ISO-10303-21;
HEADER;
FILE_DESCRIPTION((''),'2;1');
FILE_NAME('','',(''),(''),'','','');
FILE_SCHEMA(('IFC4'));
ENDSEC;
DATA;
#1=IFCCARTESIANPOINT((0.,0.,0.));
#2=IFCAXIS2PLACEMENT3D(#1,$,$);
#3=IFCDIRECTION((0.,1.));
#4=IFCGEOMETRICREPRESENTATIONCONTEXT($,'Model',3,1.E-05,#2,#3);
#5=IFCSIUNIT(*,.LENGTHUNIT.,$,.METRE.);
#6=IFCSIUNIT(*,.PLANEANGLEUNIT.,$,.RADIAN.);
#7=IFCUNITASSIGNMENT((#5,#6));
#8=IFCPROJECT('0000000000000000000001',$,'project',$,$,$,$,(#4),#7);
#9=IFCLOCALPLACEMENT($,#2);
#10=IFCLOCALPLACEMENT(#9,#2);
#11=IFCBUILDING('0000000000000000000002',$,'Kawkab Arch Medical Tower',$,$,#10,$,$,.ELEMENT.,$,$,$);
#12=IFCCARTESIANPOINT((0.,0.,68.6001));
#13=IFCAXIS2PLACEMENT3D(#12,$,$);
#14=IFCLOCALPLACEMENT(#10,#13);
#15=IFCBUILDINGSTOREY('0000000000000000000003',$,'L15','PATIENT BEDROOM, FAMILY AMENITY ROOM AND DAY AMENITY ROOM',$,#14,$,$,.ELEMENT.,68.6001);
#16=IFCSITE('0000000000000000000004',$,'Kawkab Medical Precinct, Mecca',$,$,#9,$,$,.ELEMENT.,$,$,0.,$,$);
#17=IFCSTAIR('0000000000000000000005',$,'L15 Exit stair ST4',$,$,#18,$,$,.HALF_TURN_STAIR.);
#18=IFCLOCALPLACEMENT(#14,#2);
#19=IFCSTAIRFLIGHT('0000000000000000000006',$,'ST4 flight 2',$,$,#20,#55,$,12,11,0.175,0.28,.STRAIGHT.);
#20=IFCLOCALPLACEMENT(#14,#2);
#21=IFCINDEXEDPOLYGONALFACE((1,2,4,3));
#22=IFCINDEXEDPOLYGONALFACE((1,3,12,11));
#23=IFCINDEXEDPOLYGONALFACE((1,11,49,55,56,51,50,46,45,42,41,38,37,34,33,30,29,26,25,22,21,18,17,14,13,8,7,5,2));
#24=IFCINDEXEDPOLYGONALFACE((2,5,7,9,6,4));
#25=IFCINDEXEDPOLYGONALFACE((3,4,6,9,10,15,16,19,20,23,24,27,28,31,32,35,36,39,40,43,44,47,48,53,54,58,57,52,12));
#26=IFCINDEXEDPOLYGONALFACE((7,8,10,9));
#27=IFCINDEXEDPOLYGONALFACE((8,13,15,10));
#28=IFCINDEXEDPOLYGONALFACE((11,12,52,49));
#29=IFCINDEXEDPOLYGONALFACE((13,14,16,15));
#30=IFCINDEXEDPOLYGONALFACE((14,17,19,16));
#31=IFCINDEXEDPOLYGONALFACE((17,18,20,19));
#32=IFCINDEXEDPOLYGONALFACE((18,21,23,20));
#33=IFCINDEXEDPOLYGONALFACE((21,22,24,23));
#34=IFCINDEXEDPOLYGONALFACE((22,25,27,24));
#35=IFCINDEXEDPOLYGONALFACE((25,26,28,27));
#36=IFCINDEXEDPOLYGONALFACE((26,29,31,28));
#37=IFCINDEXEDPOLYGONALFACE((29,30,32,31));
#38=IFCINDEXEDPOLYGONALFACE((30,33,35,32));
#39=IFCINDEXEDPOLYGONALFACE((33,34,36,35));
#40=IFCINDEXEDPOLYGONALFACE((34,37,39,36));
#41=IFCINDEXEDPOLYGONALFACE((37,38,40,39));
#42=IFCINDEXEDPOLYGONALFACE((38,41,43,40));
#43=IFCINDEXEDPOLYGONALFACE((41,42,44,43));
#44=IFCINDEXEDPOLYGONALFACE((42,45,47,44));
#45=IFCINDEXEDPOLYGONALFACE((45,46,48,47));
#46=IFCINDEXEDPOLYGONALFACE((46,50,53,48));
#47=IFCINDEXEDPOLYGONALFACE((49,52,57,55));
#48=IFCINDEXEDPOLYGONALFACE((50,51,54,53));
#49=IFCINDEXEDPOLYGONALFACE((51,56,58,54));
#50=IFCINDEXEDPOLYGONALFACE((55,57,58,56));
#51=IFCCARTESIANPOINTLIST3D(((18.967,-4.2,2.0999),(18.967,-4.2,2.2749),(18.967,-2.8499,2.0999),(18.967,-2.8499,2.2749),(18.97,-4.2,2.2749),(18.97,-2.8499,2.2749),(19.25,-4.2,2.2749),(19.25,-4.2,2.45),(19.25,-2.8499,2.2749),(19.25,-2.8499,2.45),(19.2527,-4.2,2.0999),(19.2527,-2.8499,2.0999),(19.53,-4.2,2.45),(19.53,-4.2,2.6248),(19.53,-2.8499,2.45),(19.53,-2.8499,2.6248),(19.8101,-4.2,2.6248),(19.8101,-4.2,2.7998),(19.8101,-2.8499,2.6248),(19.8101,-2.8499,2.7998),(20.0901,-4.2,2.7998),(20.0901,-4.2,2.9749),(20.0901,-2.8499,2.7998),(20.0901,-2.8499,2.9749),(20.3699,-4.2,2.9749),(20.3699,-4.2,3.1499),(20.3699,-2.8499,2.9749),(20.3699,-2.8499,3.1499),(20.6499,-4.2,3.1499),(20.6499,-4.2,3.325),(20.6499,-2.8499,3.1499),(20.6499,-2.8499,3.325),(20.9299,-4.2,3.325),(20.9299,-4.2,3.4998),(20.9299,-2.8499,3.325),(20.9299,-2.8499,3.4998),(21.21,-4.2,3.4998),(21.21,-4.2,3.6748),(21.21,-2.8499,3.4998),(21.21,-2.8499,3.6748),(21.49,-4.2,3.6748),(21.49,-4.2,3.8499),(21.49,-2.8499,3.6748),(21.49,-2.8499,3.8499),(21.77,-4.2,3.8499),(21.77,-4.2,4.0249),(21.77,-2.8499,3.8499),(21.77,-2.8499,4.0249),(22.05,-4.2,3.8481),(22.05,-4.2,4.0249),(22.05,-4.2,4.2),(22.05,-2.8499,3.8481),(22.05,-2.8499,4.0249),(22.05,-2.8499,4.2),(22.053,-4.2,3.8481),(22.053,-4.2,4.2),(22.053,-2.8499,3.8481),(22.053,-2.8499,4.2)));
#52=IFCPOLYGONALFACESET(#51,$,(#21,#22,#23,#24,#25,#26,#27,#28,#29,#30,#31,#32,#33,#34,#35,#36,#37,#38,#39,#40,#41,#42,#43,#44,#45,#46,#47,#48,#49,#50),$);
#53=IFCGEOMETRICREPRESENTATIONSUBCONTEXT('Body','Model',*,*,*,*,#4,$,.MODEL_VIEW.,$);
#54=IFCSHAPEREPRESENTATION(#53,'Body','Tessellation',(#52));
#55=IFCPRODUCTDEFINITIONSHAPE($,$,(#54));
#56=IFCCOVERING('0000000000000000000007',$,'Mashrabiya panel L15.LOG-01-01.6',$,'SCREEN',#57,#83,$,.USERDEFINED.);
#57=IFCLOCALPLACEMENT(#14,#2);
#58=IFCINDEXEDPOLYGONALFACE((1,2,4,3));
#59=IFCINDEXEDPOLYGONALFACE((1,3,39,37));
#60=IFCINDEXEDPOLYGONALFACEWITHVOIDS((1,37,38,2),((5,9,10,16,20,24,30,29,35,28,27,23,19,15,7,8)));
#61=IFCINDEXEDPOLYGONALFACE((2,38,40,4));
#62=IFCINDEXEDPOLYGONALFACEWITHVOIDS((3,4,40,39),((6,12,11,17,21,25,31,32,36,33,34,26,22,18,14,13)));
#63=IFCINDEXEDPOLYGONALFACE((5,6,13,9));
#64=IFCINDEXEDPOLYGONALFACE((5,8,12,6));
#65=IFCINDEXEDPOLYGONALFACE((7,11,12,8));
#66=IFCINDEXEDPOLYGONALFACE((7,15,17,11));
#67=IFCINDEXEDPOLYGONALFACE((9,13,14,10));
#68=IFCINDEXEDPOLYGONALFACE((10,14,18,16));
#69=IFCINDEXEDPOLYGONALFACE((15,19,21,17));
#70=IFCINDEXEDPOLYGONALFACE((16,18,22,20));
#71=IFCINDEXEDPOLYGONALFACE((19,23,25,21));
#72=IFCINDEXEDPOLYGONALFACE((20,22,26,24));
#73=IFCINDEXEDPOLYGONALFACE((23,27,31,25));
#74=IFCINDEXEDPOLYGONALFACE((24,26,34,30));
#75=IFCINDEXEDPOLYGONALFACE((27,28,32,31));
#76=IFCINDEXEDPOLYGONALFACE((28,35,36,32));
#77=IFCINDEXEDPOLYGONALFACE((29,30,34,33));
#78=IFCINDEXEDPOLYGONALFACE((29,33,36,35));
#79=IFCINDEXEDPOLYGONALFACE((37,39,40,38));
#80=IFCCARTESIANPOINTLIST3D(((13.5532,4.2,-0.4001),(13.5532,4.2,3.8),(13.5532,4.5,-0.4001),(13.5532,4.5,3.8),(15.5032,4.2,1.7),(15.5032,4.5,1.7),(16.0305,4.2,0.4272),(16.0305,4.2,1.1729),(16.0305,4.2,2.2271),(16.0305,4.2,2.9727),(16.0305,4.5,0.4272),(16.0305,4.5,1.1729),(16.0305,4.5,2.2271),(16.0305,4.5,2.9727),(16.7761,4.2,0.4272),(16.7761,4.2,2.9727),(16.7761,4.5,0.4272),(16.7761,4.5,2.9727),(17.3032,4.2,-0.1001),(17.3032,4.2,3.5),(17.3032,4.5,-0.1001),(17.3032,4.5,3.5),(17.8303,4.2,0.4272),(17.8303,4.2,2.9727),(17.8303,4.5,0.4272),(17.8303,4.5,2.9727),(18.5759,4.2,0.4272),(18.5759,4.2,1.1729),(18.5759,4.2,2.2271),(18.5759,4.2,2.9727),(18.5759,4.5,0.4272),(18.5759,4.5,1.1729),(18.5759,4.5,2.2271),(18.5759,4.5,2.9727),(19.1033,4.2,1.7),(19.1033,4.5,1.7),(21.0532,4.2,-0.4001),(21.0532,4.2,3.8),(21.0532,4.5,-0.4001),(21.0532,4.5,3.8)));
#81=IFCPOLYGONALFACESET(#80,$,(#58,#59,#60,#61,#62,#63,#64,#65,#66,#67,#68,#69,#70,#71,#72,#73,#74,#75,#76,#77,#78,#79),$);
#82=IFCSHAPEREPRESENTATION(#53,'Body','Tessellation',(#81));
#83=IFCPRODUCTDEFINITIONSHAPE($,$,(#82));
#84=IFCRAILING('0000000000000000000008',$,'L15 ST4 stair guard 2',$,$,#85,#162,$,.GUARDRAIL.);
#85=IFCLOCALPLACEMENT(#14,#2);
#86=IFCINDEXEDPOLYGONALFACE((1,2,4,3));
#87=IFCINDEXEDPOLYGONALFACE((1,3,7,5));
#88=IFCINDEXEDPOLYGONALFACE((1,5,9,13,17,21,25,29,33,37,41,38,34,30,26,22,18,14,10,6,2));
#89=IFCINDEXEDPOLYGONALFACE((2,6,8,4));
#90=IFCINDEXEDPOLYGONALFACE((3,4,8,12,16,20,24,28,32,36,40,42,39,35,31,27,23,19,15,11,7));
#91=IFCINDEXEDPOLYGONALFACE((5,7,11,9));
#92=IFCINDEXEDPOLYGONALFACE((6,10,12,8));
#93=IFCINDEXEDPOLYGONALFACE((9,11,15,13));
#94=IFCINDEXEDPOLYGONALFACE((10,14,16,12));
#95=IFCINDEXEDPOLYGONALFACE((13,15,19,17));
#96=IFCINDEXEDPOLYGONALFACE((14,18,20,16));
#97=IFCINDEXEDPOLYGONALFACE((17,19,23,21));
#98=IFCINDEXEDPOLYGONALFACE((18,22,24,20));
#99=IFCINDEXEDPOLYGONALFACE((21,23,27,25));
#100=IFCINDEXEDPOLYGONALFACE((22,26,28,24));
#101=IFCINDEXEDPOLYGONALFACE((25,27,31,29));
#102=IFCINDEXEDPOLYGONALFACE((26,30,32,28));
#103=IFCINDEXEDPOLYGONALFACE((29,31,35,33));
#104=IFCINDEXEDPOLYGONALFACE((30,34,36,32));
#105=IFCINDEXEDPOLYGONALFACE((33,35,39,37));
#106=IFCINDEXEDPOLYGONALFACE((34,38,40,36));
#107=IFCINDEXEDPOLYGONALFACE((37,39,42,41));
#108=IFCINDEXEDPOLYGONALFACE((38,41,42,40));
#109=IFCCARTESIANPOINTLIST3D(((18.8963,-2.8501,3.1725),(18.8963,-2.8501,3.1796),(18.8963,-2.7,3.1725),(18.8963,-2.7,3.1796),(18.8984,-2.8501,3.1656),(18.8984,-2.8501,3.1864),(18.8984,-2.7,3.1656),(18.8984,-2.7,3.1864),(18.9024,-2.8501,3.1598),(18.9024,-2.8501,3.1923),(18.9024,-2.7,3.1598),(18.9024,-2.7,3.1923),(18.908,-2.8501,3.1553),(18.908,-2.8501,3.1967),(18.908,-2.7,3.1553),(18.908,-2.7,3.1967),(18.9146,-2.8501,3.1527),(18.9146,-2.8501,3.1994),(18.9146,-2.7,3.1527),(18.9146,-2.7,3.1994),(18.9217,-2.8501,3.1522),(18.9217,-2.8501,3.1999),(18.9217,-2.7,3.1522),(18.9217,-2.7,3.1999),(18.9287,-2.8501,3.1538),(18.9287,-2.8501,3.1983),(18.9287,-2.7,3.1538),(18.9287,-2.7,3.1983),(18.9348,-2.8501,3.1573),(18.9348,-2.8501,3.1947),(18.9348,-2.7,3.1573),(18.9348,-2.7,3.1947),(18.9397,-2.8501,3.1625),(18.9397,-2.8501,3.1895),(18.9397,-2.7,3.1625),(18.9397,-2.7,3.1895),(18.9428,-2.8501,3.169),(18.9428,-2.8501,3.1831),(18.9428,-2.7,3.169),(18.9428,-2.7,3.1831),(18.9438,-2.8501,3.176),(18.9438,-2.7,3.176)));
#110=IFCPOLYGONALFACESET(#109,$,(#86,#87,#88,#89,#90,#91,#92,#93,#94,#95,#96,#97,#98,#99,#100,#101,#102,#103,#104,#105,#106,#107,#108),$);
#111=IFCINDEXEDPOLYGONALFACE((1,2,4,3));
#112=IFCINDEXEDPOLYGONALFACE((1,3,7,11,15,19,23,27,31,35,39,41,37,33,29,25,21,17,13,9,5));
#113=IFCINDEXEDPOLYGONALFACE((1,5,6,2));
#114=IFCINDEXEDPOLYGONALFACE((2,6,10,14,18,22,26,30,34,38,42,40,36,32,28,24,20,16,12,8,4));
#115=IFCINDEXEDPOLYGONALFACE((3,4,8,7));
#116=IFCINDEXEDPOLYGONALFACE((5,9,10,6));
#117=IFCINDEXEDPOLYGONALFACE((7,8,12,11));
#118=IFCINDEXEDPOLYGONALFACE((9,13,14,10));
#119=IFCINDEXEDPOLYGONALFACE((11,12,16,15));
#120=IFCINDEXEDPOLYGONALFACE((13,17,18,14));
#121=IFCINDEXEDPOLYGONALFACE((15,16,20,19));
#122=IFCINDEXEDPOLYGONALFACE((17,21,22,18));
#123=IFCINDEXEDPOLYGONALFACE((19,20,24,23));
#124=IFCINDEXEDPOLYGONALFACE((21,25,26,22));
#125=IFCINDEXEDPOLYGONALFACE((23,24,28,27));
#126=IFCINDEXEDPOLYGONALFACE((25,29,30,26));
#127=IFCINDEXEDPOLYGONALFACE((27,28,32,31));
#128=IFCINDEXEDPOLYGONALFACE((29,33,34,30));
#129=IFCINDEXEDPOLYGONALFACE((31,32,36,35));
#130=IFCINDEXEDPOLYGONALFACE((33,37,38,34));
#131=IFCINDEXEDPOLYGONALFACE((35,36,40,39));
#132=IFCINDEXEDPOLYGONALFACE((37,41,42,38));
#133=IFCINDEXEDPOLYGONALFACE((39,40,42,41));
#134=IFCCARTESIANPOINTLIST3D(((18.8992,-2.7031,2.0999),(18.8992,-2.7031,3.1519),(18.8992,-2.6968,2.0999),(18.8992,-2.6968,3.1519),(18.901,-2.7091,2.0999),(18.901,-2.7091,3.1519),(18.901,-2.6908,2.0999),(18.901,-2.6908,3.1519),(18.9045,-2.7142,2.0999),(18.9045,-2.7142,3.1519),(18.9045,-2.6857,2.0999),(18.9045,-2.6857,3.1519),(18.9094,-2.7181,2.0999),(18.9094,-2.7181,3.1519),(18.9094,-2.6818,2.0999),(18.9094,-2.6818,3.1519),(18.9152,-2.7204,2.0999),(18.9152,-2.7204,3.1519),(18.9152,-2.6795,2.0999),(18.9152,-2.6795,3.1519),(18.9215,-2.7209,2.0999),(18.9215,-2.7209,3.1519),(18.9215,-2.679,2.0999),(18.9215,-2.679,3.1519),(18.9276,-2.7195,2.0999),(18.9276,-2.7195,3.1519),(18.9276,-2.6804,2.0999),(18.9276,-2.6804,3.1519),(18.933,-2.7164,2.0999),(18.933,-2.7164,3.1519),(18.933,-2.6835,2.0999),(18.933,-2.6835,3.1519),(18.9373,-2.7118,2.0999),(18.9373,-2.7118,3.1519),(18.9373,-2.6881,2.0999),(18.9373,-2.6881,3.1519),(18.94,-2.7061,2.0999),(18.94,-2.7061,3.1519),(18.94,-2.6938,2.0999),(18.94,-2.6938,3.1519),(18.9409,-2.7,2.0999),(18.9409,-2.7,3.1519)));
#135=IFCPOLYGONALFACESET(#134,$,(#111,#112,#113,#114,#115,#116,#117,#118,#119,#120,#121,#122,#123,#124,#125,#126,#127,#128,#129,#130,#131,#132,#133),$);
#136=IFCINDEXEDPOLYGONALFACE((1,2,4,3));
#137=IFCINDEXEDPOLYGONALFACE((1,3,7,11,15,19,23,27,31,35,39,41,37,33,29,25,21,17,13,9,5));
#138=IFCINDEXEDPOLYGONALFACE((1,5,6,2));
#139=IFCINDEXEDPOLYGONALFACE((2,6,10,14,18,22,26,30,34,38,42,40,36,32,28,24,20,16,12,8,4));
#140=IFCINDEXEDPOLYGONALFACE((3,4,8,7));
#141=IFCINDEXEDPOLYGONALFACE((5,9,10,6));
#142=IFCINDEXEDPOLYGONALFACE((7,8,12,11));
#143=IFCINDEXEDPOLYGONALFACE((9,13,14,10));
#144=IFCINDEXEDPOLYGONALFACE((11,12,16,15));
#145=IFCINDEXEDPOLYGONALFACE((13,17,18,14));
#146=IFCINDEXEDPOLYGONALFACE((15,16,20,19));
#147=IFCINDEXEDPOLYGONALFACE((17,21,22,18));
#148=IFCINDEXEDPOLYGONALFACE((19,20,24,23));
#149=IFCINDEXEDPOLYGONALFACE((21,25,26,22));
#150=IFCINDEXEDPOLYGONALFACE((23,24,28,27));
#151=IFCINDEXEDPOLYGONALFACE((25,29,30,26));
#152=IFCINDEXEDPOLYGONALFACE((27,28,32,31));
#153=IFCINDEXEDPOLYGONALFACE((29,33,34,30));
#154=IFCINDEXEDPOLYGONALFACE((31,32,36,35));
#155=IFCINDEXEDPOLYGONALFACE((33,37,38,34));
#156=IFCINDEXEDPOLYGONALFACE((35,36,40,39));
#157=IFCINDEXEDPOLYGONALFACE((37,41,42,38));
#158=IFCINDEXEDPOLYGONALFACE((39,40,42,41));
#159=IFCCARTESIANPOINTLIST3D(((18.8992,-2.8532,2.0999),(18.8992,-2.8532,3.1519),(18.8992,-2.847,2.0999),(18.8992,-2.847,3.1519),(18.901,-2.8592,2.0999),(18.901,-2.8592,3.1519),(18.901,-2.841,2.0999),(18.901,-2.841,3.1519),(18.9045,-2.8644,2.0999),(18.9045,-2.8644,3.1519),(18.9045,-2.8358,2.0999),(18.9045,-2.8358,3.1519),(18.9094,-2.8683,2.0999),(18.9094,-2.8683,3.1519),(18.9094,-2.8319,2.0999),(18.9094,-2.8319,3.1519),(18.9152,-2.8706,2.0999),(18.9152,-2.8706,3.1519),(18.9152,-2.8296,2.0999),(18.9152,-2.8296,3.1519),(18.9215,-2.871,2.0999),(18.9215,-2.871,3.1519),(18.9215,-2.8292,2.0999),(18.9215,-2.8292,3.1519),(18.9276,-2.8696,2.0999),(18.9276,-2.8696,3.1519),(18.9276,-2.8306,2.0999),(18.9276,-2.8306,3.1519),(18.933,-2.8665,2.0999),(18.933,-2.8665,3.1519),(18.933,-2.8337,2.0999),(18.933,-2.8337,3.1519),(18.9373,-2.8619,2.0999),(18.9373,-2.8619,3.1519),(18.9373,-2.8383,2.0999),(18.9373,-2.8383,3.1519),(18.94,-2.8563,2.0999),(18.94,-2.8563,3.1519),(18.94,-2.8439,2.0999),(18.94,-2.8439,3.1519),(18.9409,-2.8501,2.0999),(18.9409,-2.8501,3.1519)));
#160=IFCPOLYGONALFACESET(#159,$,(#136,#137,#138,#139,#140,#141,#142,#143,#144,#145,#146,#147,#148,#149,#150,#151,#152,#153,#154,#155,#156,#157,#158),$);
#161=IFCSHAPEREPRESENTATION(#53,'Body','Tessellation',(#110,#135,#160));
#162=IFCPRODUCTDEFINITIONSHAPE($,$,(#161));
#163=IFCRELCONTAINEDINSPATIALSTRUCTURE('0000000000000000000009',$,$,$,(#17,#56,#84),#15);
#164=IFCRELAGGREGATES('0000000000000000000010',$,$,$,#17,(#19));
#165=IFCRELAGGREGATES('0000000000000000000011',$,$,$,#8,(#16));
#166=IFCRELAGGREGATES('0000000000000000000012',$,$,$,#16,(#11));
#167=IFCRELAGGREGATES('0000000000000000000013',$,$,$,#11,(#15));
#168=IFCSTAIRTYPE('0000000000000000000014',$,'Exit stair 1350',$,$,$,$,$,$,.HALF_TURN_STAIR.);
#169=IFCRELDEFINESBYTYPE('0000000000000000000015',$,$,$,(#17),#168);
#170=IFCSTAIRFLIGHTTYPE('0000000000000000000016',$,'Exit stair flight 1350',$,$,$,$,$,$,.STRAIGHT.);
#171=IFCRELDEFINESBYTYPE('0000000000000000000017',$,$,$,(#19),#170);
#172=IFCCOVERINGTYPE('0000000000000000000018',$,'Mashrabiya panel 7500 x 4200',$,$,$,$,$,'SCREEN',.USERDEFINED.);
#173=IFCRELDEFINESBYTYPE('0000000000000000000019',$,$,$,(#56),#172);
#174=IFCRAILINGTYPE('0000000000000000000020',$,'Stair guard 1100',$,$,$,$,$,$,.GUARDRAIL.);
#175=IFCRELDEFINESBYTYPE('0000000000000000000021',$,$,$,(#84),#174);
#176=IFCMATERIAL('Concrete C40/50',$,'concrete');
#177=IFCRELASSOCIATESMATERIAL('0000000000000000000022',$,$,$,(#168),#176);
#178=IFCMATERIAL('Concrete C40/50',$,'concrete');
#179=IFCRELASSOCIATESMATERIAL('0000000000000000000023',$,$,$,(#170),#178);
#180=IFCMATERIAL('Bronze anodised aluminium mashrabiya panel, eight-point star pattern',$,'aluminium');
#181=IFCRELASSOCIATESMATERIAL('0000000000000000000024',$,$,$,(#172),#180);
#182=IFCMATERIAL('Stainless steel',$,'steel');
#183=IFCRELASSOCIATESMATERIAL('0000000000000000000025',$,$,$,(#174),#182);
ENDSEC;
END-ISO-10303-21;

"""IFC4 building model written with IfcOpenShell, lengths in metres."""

from ifc_helpers import new_model, si_unit, direction, frame, origin, origin_2d, place, context, subcontext, project, spatial, polyline, circle, outline, extrude, material, material_profile, profile_set, type_object, element, aggregate, save


model = new_model("IFC4")

# Units and contexts
model_context = context("Model", 3, precision=1e-05, world=origin(), true_north=direction((0.0, 1.0)))
body_context = subcontext(model_context, "Body", "Model", "MODEL_VIEW")
ifc_project = project(units=[si_unit("LENGTHUNIT", "METRE"), si_unit("PLANEANGLEUNIT", "RADIAN")], contexts=[model_context])

# Site, building, storey
site_placement = place(None, origin())
site = spatial("IfcSite", under=ifc_project, at=site_placement, Name="Kawkab Medical Precinct, Mecca", CompositionType="ELEMENT", RefElevation=0.0)
building_placement = place(site_placement, origin())
building = spatial("IfcBuilding", under=site, at=building_placement, Name="Kawkab Arch Medical Tower", CompositionType="ELEMENT")
storey_placement = place(building_placement, frame((0.0, 0.0, 68.6001)))
storey = spatial("IfcBuildingStorey", under=building, at=storey_placement, Name="L15", Description="PATIENT BEDROOM, FAMILY AMENITY ROOM AND DAY AMENITY ROOM", CompositionType="ELEMENT", Elevation=68.6001)

# Shared definitions
placement = place(storey_placement, origin())

# Stair, stair flight
ifc_material_1 = material(Name="Concrete C40/50", Category="concrete")
stair_type = type_object("IfcStairType", Name="Exit stair 1350", PredefinedType="HALF_TURN_STAIR", material=ifc_material_1)
stair = element("IfcStair", 1, at=placement, inside=storey, type_object=stair_type, Name="L15 Exit stair ST4", PredefinedType="HALF_TURN_STAIR")
ifc_material_2 = material(Name="Concrete C40/50", Category="concrete")
stair_flight_type = type_object("IfcStairFlightType", Name="Exit stair flight 1350", PredefinedType="STRAIGHT", material=ifc_material_2)
stair_flight_placement = place(storey_placement, frame((18.97, -3.5249, 2.0999), z_axis=(0.0, 0.0, 1.0), x_axis=(1.0, 0.0, 0.0)))
stair_flight = element("IfcStairFlight", 2, at=stair_flight_placement, type_object=stair_flight_type, Name="ST4 flight 2", NumberOfRisers=12, NumberOfTreads=11, PredefinedType="STRAIGHT", RiserHeight=0.175, TreadLength=0.28, context=body_context, shape_type="SweptSolid", body=[
    extrude(outline(polyline([(-0.0029, 0.0), (-0.0029, 0.175), (0.0, 0.175), (0.28, 0.175), (0.28, 0.3501), (0.5601, 0.3501), (0.5601, 0.5249), (0.8401, 0.5249), (0.8401, 0.7), (1.1201, 0.7), (1.1201, 0.875), (1.3999, 0.875), (1.3999, 1.05), (1.6799, 1.05), (1.6799, 1.2251), (1.96, 1.2251), (1.96, 1.3999), (2.24, 1.3999), (2.24, 1.575), (2.52, 1.575), (2.52, 1.75), (2.8, 1.75), (2.8, 1.925), (3.0801, 1.925), (3.0801, 2.1001), (3.083, 2.1001), (3.083, 1.7483), (3.0801, 1.7483), (0.2827, 0.0), (-0.0029, 0.0)])), frame((0.0, 0.675, 0.0), z_axis=(0.0, -1.0, 0.0), x_axis=(1.0, 0.0, 0.0)), (0.0, 0.0, 1.0), 1.3501),
])
aggregate(stair, [stair_flight])

# Covering
ifc_material_3 = material(Name="Bronze anodised aluminium mashrabiya panel, eight-point star pattern", Category="aluminium")
ifc_material_profile_1 = material_profile(ifc_material_3, outline(polyline([(-3.75, -2.1001), (3.75, -2.1001), (3.75, 2.1001), (-3.75, 2.1001), (-3.75, -2.1001)]), holes=[polyline([(1.8, 0.0), (1.2727, 0.5271), (1.2727, 1.2727), (0.5271, 1.2727), (0.0, 1.8), (-0.5271, 1.2727), (-1.2727, 1.2727), (-1.2727, 0.5271), (-1.8, 0.0), (-1.2727, -0.5271), (-1.2727, -1.2727), (-0.5271, -1.2727), (0.0, -1.8), (0.5271, -1.2727), (1.2727, -1.2727), (1.2727, -0.5271), (1.8, 0.0)])]), Name="Mashrabiya panel 7500x4200")
ifc_profile_set_1 = profile_set([ifc_material_profile_1], Name="Bronze anodised aluminium mashrabiya panel, eight-point star pattern")
covering_type = type_object("IfcCoveringType", Name="Mashrabiya panel 7500 x 4200", ElementType="SCREEN", PredefinedType="USERDEFINED", material=ifc_profile_set_1)
covering_placement = place(storey_placement, frame((17.3032, 4.2, 1.7), z_axis=(0.0, 1.0, 0.0), x_axis=(-1.0, 0.0, 0.0)))
element("IfcCovering", 3, at=covering_placement, inside=storey, type_object=covering_type, Name="Mashrabiya panel L15.LOG-01-01.6", ObjectType="SCREEN", PredefinedType="USERDEFINED", context=body_context, shape_type="SweptSolid", body=[
    extrude(outline(polyline([(-3.75, -2.1001), (3.75, -2.1001), (3.75, 2.1001), (-3.75, 2.1001), (-3.75, -2.1001)]), holes=[polyline([(1.8, 0.0), (1.2727, 0.5271), (1.2727, 1.2727), (0.5271, 1.2727), (0.0, 1.8), (-0.5271, 1.2727), (-1.2727, 1.2727), (-1.2727, 0.5271), (-1.8, 0.0), (-1.2727, -0.5271), (-1.2727, -1.2727), (-0.5271, -1.2727), (0.0, -1.8), (0.5271, -1.2727), (1.2727, -1.2727), (1.2727, -0.5271), (1.8, 0.0)])]), origin(), (0.0, 0.0, 1.0), 0.3),
])

# Railing
ifc_material_4 = material(Name="Stainless steel", Category="steel")
railing_type = type_object("IfcRailingType", Name="Stair guard 1100", PredefinedType="GUARDRAIL", material=ifc_material_4)
railing_1_placement = place(storey_placement, frame((18.9199, -2.7, 2.0999)))
element("IfcRailing", 4, at=railing_1_placement, inside=storey, type_object=railing_type, Name="L15 ST4 stair guard 2", PredefinedType="GUARDRAIL", context=body_context, shape_type="SweptSolid", body=[
    extrude(circle(Radius=0.0239, at=origin_2d()), frame((0.0, 0.0, 1.0762), z_axis=(0.0, -1.0, 0.0), x_axis=(1.0, 0.0, 0.0)), (0.0, 0.0, 1.0), 0.1501),
    extrude(circle(Radius=0.021, at=origin_2d()), origin(), (0.0, 0.0, 1.0), 1.052),
    extrude(circle(Radius=0.021, at=origin_2d()), frame((0.0, -0.1501, 0.0)), (0.0, 0.0, 1.0), 1.052),
])

save(model, "model.ifc")
